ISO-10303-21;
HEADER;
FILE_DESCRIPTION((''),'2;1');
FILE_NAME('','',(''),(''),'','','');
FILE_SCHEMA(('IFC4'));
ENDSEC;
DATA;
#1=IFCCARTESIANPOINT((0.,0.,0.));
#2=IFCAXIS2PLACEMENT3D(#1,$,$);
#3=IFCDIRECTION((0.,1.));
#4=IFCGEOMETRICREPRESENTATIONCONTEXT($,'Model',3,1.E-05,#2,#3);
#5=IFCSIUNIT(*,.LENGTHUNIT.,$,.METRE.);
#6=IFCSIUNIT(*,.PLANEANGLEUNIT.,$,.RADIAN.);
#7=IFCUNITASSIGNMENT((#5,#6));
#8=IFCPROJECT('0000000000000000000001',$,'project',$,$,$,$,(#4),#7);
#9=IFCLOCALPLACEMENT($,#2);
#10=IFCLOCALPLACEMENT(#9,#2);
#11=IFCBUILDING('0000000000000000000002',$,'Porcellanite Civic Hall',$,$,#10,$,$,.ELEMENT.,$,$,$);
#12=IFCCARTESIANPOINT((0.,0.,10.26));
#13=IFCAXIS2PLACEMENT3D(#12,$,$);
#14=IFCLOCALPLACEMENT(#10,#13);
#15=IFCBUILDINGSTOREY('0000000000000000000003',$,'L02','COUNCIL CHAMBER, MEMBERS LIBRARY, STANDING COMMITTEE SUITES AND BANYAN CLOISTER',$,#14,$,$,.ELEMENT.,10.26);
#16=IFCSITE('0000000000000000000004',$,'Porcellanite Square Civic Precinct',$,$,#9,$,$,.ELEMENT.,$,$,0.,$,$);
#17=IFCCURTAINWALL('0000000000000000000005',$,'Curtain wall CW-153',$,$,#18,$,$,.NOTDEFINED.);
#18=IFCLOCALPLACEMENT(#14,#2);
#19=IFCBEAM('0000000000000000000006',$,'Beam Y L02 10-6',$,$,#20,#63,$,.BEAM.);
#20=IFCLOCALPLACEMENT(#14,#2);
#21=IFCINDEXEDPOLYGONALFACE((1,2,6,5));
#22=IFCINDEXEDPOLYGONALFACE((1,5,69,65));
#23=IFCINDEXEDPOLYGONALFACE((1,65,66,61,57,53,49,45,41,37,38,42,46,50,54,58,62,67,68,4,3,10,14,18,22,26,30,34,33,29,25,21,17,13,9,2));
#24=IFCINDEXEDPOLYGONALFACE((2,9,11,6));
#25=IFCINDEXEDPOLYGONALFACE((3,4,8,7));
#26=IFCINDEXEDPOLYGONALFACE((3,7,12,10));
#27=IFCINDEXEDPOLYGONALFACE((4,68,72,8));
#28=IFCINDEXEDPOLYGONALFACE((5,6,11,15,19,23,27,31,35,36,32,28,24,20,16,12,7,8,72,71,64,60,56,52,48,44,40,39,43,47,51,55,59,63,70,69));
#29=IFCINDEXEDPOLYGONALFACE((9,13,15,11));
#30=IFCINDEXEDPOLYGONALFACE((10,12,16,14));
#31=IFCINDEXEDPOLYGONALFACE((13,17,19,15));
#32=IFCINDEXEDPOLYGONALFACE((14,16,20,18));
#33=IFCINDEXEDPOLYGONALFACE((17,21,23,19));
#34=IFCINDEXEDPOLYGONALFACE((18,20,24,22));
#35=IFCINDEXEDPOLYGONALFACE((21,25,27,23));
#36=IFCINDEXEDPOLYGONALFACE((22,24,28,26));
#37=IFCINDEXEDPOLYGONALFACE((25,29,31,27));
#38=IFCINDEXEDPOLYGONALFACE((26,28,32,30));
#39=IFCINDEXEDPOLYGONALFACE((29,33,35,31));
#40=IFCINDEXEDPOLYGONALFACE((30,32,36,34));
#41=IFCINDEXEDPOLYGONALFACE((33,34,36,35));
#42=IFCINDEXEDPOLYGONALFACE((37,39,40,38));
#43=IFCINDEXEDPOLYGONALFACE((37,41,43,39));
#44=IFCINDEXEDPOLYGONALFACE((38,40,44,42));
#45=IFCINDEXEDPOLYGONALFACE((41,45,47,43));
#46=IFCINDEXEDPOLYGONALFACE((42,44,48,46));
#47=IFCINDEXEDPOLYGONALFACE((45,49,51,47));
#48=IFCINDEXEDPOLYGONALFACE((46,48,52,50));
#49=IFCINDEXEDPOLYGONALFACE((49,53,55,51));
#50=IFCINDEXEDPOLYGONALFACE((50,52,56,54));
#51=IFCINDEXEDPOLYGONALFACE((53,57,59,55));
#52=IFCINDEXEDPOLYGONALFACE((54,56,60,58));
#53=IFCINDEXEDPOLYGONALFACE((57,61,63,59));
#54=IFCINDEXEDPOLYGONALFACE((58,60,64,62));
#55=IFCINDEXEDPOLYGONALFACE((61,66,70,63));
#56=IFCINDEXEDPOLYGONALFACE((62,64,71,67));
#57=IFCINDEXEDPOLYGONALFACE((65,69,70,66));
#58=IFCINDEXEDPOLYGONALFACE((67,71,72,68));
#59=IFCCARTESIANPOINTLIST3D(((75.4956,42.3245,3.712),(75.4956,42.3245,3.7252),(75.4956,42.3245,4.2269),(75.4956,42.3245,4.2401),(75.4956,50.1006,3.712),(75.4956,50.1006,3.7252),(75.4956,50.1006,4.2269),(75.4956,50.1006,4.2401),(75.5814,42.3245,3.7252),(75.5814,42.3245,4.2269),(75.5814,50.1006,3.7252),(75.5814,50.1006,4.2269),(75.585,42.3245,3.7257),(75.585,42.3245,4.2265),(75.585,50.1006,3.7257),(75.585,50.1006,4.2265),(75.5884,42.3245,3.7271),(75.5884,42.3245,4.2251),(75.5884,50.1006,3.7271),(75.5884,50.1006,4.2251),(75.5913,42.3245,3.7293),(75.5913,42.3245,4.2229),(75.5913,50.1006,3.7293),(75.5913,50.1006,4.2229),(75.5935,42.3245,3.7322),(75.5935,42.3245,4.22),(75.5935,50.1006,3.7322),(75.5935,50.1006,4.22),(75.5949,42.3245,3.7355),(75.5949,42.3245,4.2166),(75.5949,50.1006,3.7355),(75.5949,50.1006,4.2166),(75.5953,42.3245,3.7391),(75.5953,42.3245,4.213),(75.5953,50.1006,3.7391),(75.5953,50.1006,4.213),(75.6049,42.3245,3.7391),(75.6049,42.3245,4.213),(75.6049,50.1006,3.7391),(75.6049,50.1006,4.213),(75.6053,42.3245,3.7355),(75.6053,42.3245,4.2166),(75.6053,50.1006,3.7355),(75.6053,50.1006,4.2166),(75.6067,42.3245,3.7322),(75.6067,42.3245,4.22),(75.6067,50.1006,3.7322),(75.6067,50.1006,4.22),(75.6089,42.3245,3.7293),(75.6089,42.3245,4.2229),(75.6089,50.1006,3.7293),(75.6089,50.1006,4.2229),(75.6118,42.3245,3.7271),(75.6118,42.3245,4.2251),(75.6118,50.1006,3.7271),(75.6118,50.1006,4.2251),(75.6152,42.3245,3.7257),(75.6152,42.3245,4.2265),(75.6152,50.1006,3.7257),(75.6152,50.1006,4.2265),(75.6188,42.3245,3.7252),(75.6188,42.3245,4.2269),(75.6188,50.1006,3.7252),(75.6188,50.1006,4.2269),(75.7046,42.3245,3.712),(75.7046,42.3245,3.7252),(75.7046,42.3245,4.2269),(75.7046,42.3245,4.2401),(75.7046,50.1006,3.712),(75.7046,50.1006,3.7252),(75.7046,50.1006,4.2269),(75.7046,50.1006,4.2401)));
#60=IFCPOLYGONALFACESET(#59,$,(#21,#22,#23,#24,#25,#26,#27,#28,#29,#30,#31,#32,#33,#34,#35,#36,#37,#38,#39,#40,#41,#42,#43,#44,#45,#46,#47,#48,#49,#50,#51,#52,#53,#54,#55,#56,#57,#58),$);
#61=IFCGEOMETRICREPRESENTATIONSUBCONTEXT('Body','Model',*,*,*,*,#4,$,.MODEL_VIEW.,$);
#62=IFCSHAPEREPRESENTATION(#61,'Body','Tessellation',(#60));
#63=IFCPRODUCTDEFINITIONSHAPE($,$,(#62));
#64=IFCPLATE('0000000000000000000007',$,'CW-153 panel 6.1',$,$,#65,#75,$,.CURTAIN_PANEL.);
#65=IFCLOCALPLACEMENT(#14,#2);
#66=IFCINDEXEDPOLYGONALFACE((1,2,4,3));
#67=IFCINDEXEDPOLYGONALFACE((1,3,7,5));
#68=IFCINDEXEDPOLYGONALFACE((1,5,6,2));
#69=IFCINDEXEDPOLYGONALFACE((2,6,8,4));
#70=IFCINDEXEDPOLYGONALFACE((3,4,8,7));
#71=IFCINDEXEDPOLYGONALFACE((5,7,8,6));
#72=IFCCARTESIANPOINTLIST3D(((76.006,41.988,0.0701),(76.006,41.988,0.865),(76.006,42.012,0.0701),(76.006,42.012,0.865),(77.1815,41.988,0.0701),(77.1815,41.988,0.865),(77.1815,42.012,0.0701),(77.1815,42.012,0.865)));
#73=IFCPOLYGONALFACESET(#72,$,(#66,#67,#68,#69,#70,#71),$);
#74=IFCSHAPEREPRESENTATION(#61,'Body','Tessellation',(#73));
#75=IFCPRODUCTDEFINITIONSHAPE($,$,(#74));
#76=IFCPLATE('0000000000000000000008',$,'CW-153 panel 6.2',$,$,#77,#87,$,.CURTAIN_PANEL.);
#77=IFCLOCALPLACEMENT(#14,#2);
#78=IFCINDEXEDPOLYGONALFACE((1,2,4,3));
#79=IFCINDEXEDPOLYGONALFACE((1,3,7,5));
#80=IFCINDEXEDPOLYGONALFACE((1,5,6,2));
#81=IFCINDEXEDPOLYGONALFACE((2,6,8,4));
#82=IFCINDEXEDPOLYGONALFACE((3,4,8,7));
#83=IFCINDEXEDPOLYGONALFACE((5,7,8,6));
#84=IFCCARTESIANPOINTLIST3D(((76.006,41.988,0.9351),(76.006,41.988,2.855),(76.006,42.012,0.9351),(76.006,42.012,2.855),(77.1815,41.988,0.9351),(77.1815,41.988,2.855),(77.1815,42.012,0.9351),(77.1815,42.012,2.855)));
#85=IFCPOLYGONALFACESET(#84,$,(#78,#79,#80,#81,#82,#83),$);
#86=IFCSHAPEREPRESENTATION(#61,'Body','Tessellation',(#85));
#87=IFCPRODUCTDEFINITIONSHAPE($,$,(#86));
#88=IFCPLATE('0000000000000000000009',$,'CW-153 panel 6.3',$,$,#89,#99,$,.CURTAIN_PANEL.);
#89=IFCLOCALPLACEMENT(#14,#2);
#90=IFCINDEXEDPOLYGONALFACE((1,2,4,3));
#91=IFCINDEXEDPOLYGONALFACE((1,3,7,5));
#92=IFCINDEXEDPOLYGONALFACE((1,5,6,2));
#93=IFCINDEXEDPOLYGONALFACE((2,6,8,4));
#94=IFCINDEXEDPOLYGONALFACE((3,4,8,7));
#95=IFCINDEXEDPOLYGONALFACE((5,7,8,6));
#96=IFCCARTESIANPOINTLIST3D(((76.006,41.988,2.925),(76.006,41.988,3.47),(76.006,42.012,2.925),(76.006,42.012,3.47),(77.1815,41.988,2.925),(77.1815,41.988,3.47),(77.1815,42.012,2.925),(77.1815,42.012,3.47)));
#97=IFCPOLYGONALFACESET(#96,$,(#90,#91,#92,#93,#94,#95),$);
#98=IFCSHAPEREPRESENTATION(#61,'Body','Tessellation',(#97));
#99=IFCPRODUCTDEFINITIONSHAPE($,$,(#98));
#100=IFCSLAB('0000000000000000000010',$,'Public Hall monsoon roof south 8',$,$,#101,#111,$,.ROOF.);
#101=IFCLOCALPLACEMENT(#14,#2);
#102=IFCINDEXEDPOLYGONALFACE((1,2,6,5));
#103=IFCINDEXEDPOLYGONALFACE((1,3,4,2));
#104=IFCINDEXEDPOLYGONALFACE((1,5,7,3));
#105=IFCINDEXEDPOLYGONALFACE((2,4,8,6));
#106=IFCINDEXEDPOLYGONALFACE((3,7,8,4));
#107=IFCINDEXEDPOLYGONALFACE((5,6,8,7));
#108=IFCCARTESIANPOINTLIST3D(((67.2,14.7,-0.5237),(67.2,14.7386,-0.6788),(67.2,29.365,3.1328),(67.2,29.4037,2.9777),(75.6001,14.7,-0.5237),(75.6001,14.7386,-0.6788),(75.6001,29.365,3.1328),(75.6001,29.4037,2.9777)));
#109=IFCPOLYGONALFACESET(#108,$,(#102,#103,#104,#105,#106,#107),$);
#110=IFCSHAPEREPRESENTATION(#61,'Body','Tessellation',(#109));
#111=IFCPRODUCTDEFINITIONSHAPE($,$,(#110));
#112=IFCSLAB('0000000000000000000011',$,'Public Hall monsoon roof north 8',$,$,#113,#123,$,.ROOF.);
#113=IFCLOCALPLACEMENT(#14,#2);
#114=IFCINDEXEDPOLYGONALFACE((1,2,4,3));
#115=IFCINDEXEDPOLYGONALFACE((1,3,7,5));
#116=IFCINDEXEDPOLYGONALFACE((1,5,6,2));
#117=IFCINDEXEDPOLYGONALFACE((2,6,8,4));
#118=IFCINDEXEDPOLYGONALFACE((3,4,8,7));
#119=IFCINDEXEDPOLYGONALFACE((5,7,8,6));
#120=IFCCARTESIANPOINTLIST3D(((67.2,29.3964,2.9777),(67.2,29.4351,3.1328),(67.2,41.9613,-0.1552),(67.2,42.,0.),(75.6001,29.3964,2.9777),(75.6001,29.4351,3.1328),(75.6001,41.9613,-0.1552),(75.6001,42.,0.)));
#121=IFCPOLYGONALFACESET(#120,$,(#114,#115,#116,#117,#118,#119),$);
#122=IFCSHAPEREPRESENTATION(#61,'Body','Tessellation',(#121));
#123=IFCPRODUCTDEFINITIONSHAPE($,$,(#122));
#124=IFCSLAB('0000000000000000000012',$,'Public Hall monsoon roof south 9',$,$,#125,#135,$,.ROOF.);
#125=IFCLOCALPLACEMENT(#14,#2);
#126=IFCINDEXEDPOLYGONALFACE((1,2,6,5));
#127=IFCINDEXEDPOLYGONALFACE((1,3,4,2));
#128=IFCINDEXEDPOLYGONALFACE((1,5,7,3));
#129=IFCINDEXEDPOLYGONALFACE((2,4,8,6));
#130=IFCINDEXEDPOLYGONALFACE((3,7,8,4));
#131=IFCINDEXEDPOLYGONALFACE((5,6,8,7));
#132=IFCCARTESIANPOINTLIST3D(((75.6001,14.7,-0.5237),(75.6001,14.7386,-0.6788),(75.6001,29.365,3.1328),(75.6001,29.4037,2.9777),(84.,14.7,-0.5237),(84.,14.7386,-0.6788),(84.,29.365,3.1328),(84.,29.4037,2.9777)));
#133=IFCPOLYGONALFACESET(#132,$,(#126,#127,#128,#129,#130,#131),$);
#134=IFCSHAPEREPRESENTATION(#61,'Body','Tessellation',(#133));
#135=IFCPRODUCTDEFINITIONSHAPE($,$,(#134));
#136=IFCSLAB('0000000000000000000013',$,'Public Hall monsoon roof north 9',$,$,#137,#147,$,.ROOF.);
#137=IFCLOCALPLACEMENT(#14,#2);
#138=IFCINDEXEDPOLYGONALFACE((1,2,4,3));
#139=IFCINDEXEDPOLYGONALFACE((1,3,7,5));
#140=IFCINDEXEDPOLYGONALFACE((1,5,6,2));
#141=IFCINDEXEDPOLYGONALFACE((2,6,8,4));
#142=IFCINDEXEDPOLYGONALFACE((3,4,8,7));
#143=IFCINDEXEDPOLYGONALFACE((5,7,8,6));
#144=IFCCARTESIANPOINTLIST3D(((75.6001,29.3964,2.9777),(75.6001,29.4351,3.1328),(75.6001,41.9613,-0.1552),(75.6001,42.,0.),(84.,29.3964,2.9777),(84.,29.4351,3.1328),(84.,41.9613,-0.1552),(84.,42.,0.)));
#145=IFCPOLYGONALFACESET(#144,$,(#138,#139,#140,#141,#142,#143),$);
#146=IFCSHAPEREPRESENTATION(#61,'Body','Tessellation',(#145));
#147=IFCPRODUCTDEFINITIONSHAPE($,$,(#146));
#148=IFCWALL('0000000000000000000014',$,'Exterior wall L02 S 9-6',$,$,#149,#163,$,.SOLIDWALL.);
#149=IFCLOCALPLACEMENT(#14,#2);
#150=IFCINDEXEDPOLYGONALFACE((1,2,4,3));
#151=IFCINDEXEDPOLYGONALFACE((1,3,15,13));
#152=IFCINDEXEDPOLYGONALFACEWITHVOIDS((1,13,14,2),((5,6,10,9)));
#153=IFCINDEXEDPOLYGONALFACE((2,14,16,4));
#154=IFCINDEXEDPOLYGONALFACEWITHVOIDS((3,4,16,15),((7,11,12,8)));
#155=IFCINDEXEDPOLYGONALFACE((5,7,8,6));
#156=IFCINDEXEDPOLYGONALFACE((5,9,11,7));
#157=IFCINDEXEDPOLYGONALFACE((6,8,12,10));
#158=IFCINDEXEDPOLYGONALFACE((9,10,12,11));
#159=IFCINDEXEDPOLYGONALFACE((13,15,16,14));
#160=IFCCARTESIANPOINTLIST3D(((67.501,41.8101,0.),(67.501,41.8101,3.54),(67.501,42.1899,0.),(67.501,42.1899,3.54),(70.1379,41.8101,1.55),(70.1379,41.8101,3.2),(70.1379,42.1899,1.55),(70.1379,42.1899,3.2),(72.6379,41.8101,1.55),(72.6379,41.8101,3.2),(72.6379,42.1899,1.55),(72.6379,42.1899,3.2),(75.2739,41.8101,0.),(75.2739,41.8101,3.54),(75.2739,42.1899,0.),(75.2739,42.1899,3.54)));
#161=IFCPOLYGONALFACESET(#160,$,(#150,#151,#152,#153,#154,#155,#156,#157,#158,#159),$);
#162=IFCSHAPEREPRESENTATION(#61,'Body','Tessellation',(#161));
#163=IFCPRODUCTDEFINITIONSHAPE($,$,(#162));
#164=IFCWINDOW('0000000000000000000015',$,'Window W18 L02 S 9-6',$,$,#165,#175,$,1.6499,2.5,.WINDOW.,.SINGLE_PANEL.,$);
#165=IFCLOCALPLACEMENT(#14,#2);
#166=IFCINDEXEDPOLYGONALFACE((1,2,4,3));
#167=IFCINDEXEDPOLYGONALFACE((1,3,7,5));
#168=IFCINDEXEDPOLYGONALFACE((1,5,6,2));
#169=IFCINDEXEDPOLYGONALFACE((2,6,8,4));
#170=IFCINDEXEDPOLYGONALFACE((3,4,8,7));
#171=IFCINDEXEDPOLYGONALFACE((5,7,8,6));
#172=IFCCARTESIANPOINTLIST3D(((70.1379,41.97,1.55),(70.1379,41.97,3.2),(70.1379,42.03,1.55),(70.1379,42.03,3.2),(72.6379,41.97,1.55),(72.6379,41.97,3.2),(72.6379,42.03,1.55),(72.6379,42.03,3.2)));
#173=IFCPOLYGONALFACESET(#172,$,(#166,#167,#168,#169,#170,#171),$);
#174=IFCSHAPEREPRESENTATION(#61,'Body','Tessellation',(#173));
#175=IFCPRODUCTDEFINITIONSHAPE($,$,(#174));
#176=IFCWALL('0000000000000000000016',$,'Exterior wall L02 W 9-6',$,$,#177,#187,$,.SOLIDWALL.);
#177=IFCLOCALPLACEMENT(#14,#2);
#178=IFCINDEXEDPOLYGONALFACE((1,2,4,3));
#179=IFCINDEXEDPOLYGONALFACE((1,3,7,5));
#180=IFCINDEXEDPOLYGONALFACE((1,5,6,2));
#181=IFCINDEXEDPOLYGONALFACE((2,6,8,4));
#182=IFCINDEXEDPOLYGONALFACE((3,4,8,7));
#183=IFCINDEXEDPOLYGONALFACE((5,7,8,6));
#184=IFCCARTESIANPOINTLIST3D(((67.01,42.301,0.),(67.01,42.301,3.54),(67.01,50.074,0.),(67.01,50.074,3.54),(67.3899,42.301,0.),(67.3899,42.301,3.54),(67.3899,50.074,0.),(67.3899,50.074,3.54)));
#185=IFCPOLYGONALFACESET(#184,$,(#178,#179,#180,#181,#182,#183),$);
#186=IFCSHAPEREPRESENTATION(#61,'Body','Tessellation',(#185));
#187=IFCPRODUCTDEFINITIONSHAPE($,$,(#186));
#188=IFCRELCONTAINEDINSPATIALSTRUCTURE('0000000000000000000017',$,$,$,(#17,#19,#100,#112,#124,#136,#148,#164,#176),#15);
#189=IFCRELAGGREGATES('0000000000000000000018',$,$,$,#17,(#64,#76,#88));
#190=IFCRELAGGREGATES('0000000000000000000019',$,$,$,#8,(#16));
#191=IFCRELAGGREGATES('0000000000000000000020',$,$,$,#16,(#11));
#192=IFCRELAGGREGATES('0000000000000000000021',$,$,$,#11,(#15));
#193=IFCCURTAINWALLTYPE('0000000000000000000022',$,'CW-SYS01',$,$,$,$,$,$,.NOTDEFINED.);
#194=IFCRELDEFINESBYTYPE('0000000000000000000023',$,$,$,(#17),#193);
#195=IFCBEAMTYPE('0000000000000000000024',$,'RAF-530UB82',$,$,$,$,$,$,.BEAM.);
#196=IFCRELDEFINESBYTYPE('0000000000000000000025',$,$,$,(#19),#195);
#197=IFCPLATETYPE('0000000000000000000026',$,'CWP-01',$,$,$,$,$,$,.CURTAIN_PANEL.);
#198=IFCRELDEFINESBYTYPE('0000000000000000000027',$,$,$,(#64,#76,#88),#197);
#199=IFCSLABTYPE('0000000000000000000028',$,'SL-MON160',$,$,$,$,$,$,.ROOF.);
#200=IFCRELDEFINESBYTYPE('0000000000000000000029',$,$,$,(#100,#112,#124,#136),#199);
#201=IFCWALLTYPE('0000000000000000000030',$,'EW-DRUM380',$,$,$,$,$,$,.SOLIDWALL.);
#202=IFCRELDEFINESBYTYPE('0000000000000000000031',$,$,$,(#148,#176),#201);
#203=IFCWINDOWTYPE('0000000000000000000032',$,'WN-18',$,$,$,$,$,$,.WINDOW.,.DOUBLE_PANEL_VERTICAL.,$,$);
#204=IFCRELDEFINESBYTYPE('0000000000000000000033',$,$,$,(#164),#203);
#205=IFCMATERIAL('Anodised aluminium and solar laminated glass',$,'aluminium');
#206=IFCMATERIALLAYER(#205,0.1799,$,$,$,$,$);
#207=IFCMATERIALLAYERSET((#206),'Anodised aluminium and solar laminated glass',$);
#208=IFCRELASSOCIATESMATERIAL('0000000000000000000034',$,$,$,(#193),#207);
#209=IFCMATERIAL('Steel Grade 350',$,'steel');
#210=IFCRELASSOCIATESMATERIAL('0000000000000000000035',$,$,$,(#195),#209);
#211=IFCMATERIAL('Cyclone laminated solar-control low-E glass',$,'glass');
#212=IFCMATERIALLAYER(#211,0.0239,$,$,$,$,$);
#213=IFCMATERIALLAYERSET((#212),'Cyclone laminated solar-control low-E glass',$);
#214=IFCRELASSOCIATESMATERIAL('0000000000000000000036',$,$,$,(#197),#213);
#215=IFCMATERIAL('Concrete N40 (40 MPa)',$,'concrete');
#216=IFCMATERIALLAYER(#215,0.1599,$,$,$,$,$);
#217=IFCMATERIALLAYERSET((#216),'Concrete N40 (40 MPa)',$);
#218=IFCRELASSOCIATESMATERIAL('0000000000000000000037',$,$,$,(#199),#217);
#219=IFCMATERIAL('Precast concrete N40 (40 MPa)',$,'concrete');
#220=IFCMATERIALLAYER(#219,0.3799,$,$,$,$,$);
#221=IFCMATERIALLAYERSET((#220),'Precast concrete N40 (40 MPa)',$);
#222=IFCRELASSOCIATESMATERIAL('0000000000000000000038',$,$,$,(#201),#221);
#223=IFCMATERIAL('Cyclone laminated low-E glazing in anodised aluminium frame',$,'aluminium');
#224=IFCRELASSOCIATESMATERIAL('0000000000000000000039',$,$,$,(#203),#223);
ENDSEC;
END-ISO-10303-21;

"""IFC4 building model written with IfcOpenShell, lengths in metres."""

from ifc_helpers import new_model, si_unit, direction, frame, frame_2d, origin, origin_2d, place, context, subcontext, project, spatial, polyline, rectangle, i_section, outline, extrude, material, layer, layer_set, material_profile, profile_set, type_object, element, fill, aggregate, save


model = new_model("IFC4")

# Units and contexts
model_context = context("Model", 3, precision=1e-05, world=origin(), true_north=direction((0.0, 1.0)))
body_context = subcontext(model_context, "Body", "Model", "MODEL_VIEW")
ifc_project = project(units=[si_unit("LENGTHUNIT", "METRE"), si_unit("PLANEANGLEUNIT", "RADIAN")], contexts=[model_context])

# Site, building, storey
site_placement = place(None, origin())
site = spatial("IfcSite", under=ifc_project, at=site_placement, Name="Porcellanite Square Civic Precinct", CompositionType="ELEMENT", RefElevation=0.0)
building_placement = place(site_placement, origin())
building = spatial("IfcBuilding", under=site, at=building_placement, Name="Porcellanite Civic Hall", CompositionType="ELEMENT")
storey_placement = place(building_placement, frame((0.0, 0.0, 10.26)))
storey = spatial("IfcBuildingStorey", under=building, at=storey_placement, Name="L02", Description="COUNCIL CHAMBER, MEMBERS LIBRARY, STANDING COMMITTEE SUITES AND BANYAN CLOISTER", CompositionType="ELEMENT", Elevation=10.26)

# Curtain wall
ifc_material_1 = material(Name="Anodised aluminium and solar laminated glass", Category="aluminium")
ifc_layer_1 = layer(ifc_material_1, 0.1799)
ifc_layer_set_1 = layer_set([ifc_layer_1], Name="Anodised aluminium and solar laminated glass")
curtain_wall_type_1 = type_object("IfcCurtainWallType", Name="CW-SYS01", PredefinedType="NOTDEFINED", material=ifc_layer_set_1)
curtain_wall_1_placement = place(storey_placement, origin())
curtain_wall_1 = element("IfcCurtainWall", 1, at=curtain_wall_1_placement, inside=storey, type_object=curtain_wall_type_1, Name="Curtain wall CW-153", PredefinedType="NOTDEFINED")

# Beam
ifc_material_2 = material(Name="Steel Grade 350", Category="steel")
ifc_material_profile_1 = material_profile(ifc_material_2, i_section(OverallWidth=0.209, OverallDepth=0.5281, WebThickness=0.0095, FlangeThickness=0.0132, FilletRadius=0.0139, at=origin_2d()), Name="530UB82.0")
ifc_profile_set_1 = profile_set([ifc_material_profile_1], Name="Steel Grade 350")
beam_type_1 = type_object("IfcBeamType", Name="RAF-530UB82", PredefinedType="BEAM", material=ifc_profile_set_1)
beam_1_placement = place(storey_placement, frame((75.6001, 42.3245, 3.9761), z_axis=(0.0, 1.0, 0.0), x_axis=(-1.0, 0.0, 0.0)))
element("IfcBeam", 2, at=beam_1_placement, inside=storey, type_object=beam_type_1, Name="Beam Y L02 10-6", PredefinedType="BEAM", context=body_context, shape_type="SweptSolid", body=[
    extrude(i_section(OverallWidth=0.209, OverallDepth=0.5281, WebThickness=0.0095, FlangeThickness=0.0132, FilletRadius=0.0139, at=origin_2d()), origin(), (0.0, 0.0, 1.0), 7.7761),
])

# Plates
ifc_material_3 = material(Name="Cyclone laminated solar-control low-E glass", Category="glass")
ifc_layer_2 = layer(ifc_material_3, 0.0239)
ifc_layer_set_2 = layer_set([ifc_layer_2], Name="Cyclone laminated solar-control low-E glass")
plate_type = type_object("IfcPlateType", Name="CWP-01", PredefinedType="CURTAIN_PANEL", material=ifc_layer_set_2)
plate_1_placement = place(storey_placement, frame((76.5938, 42.0, 0.0701), z_axis=(0.0, 0.0, 1.0), x_axis=(-1.0, 0.0, 0.0)))
plate_1 = element("IfcPlate", 3, at=plate_1_placement, type_object=plate_type, Name="CW-153 panel 6.1", PredefinedType="CURTAIN_PANEL", context=body_context, shape_type="SweptSolid", body=[
    extrude(rectangle(XDim=1.1755, YDim=0.0239, at=origin_2d()), origin(), (0.0, 0.0, 1.0), 0.7949),
])
plate_2_placement = place(storey_placement, frame((76.5938, 42.0, 0.9351), z_axis=(0.0, 0.0, 1.0), x_axis=(-1.0, 0.0, 0.0)))
plate_2 = element("IfcPlate", 4, at=plate_2_placement, type_object=plate_type, Name="CW-153 panel 6.2", PredefinedType="CURTAIN_PANEL", context=body_context, shape_type="SweptSolid", body=[
    extrude(rectangle(XDim=1.1755, YDim=0.0239, at=origin_2d()), origin(), (0.0, 0.0, 1.0), 1.9199),
])
plate_3_placement = place(storey_placement, frame((76.5938, 42.0, 2.925), z_axis=(0.0, 0.0, 1.0), x_axis=(-1.0, 0.0, 0.0)))
plate_3 = element("IfcPlate", 5, at=plate_3_placement, type_object=plate_type, Name="CW-153 panel 6.3", PredefinedType="CURTAIN_PANEL", context=body_context, shape_type="SweptSolid", body=[
    extrude(rectangle(XDim=1.1755, YDim=0.0239, at=origin_2d()), origin(), (0.0, 0.0, 1.0), 0.5449),
])
aggregate(curtain_wall_1, [plate_1, plate_2, plate_3])

# Slabs
ifc_material_4 = material(Name="Concrete N40 (40 MPa)", Category="concrete")
ifc_layer_3 = layer(ifc_material_4, 0.1599)
ifc_layer_set_3 = layer_set([ifc_layer_3], Name="Concrete N40 (40 MPa)")
slab_type = type_object("IfcSlabType", Name="SL-MON160", PredefinedType="ROOF", material=ifc_layer_set_3)
slab_1_placement = place(storey_placement, frame((67.2, 14.7, -0.5237), z_axis=(0.0, -0.241927, 0.970294), x_axis=(1.0, 0.0, 0.0)))
element("IfcSlab", 6, at=slab_1_placement, inside=storey, type_object=slab_type, Name="Public Hall monsoon roof south 8", PredefinedType="ROOF", context=body_context, shape_type="SweptSolid", body=[
    extrude(outline(polyline([(0.0, 0.0), (8.4001, 0.0), (8.4001, 15.114), (0.0, 15.114), (0.0, 0.0)])), origin(), (0.0, 0.0, -1.0), 0.1599),
])
slab_2_placement = place(storey_placement, frame((67.2, 29.4351, 3.1328), z_axis=(0.0, 0.241923, 0.970295), x_axis=(1.0, 0.0, 0.0)))
element("IfcSlab", 7, at=slab_2_placement, inside=storey, type_object=slab_type, Name="Public Hall monsoon roof north 8", PredefinedType="ROOF", context=body_context, shape_type="SweptSolid", body=[
    extrude(outline(polyline([(0.0, 0.0), (8.4001, 0.0), (8.4001, 12.9496), (0.0, 12.9496), (0.0, 0.0)])), origin(), (0.0, 0.0, -1.0), 0.1599),
])
slab_3_placement = place(storey_placement, frame((75.6001, 14.7, -0.5237), z_axis=(0.0, -0.241927, 0.970294), x_axis=(1.0, 0.0, 0.0)))
element("IfcSlab", 8, at=slab_3_placement, inside=storey, type_object=slab_type, Name="Public Hall monsoon roof south 9", PredefinedType="ROOF", context=body_context, shape_type="SweptSolid", body=[
    extrude(outline(polyline([(0.0, 0.0), (8.3999, 0.0), (8.3999, 15.114), (0.0, 15.114), (0.0, 0.0)])), origin(), (0.0, 0.0, -1.0), 0.1599),
])
slab_4_placement = place(storey_placement, frame((75.6001, 29.4351, 3.1328), z_axis=(0.0, 0.241923, 0.970295), x_axis=(1.0, 0.0, 0.0)))
element("IfcSlab", 9, at=slab_4_placement, inside=storey, type_object=slab_type, Name="Public Hall monsoon roof north 9", PredefinedType="ROOF", context=body_context, shape_type="SweptSolid", body=[
    extrude(outline(polyline([(0.0, 0.0), (8.3999, 0.0), (8.3999, 12.9496), (0.0, 12.9496), (0.0, 0.0)])), origin(), (0.0, 0.0, -1.0), 0.1599),
])

# Wall, opening, window
ifc_material_5 = material(Name="Precast concrete N40 (40 MPa)", Category="concrete")
ifc_layer_4 = layer(ifc_material_5, 0.3799)
ifc_layer_set_4 = layer_set([ifc_layer_4], Name="Precast concrete N40 (40 MPa)")
wall_type_1 = type_object("IfcWallType", Name="EW-DRUM380", PredefinedType="SOLIDWALL", material=ifc_layer_set_4)
wall_1_placement = place(storey_placement, frame((75.2739, 42.0, 0.0), z_axis=(0.0, 0.0, 1.0), x_axis=(-1.0, 0.0, 0.0)))
wall_1 = element("IfcWall", 10, at=wall_1_placement, inside=storey, type_object=wall_type_1, Name="Exterior wall L02 S 9-6", PredefinedType="SOLIDWALL", context=body_context, shape_type="SweptSolid", body=[
    extrude(rectangle(XDim=7.7729, YDim=0.3799, at=frame_2d((3.8865, 0.0))), origin(), (0.0, 0.0, 1.0), 3.54),
])
opening_1_placement = place(wall_1_placement, frame((2.636, 0.0, 1.55)))
opening_1 = element("IfcOpeningElement", 11, at=opening_1_placement, cuts=wall_1, PredefinedType="OPENING", context=body_context, shape_type="SweptSolid", body=[
    extrude(rectangle(XDim=2.5, YDim=1.6499, at=frame_2d((1.25, 0.825))), frame((0.0, 0.1899, 0.0), z_axis=(0.0, -1.0, 0.0), x_axis=(1.0, 0.0, 0.0)), (0.0, 0.0, 1.0), 0.3799),
])
ifc_material_6 = material(Name="Cyclone laminated low-E glazing in anodised aluminium frame", Category="aluminium")
window_type_1 = type_object("IfcWindowType", Name="WN-18", PartitioningType="DOUBLE_PANEL_VERTICAL", PredefinedType="WINDOW", material=ifc_material_6)
window_1_placement = place(opening_1_placement, origin())
window_1 = element("IfcWindow", 12, at=window_1_placement, inside=storey, type_object=window_type_1, Name="Window W18 L02 S 9-6", OverallHeight=1.6499, OverallWidth=2.5, PartitioningType="SINGLE_PANEL", PredefinedType="WINDOW", context=body_context, shape_type="SweptSolid", body=[
    extrude(rectangle(XDim=2.5, YDim=1.6499, at=frame_2d((1.25, 0.825))), frame((0.0, 0.03, 0.0), z_axis=(0.0, -1.0, 0.0), x_axis=(1.0, 0.0, 0.0)), (0.0, 0.0, 1.0), 0.0601),
])
fill(opening_1, window_1)

# Wall
wall_2_placement = place(storey_placement, frame((67.2, 42.301, 0.0), z_axis=(0.0, 0.0, 1.0), x_axis=(0.0, 1.0, 0.0)))
element("IfcWall", 13, at=wall_2_placement, inside=storey, type_object=wall_type_1, Name="Exterior wall L02 W 9-6", PredefinedType="SOLIDWALL", context=body_context, shape_type="SweptSolid", body=[
    extrude(rectangle(XDim=7.7729, YDim=0.3799, at=frame_2d((3.8865, 0.0))), origin(), (0.0, 0.0, 1.0), 3.54),
])

save(model, "model.ifc")
